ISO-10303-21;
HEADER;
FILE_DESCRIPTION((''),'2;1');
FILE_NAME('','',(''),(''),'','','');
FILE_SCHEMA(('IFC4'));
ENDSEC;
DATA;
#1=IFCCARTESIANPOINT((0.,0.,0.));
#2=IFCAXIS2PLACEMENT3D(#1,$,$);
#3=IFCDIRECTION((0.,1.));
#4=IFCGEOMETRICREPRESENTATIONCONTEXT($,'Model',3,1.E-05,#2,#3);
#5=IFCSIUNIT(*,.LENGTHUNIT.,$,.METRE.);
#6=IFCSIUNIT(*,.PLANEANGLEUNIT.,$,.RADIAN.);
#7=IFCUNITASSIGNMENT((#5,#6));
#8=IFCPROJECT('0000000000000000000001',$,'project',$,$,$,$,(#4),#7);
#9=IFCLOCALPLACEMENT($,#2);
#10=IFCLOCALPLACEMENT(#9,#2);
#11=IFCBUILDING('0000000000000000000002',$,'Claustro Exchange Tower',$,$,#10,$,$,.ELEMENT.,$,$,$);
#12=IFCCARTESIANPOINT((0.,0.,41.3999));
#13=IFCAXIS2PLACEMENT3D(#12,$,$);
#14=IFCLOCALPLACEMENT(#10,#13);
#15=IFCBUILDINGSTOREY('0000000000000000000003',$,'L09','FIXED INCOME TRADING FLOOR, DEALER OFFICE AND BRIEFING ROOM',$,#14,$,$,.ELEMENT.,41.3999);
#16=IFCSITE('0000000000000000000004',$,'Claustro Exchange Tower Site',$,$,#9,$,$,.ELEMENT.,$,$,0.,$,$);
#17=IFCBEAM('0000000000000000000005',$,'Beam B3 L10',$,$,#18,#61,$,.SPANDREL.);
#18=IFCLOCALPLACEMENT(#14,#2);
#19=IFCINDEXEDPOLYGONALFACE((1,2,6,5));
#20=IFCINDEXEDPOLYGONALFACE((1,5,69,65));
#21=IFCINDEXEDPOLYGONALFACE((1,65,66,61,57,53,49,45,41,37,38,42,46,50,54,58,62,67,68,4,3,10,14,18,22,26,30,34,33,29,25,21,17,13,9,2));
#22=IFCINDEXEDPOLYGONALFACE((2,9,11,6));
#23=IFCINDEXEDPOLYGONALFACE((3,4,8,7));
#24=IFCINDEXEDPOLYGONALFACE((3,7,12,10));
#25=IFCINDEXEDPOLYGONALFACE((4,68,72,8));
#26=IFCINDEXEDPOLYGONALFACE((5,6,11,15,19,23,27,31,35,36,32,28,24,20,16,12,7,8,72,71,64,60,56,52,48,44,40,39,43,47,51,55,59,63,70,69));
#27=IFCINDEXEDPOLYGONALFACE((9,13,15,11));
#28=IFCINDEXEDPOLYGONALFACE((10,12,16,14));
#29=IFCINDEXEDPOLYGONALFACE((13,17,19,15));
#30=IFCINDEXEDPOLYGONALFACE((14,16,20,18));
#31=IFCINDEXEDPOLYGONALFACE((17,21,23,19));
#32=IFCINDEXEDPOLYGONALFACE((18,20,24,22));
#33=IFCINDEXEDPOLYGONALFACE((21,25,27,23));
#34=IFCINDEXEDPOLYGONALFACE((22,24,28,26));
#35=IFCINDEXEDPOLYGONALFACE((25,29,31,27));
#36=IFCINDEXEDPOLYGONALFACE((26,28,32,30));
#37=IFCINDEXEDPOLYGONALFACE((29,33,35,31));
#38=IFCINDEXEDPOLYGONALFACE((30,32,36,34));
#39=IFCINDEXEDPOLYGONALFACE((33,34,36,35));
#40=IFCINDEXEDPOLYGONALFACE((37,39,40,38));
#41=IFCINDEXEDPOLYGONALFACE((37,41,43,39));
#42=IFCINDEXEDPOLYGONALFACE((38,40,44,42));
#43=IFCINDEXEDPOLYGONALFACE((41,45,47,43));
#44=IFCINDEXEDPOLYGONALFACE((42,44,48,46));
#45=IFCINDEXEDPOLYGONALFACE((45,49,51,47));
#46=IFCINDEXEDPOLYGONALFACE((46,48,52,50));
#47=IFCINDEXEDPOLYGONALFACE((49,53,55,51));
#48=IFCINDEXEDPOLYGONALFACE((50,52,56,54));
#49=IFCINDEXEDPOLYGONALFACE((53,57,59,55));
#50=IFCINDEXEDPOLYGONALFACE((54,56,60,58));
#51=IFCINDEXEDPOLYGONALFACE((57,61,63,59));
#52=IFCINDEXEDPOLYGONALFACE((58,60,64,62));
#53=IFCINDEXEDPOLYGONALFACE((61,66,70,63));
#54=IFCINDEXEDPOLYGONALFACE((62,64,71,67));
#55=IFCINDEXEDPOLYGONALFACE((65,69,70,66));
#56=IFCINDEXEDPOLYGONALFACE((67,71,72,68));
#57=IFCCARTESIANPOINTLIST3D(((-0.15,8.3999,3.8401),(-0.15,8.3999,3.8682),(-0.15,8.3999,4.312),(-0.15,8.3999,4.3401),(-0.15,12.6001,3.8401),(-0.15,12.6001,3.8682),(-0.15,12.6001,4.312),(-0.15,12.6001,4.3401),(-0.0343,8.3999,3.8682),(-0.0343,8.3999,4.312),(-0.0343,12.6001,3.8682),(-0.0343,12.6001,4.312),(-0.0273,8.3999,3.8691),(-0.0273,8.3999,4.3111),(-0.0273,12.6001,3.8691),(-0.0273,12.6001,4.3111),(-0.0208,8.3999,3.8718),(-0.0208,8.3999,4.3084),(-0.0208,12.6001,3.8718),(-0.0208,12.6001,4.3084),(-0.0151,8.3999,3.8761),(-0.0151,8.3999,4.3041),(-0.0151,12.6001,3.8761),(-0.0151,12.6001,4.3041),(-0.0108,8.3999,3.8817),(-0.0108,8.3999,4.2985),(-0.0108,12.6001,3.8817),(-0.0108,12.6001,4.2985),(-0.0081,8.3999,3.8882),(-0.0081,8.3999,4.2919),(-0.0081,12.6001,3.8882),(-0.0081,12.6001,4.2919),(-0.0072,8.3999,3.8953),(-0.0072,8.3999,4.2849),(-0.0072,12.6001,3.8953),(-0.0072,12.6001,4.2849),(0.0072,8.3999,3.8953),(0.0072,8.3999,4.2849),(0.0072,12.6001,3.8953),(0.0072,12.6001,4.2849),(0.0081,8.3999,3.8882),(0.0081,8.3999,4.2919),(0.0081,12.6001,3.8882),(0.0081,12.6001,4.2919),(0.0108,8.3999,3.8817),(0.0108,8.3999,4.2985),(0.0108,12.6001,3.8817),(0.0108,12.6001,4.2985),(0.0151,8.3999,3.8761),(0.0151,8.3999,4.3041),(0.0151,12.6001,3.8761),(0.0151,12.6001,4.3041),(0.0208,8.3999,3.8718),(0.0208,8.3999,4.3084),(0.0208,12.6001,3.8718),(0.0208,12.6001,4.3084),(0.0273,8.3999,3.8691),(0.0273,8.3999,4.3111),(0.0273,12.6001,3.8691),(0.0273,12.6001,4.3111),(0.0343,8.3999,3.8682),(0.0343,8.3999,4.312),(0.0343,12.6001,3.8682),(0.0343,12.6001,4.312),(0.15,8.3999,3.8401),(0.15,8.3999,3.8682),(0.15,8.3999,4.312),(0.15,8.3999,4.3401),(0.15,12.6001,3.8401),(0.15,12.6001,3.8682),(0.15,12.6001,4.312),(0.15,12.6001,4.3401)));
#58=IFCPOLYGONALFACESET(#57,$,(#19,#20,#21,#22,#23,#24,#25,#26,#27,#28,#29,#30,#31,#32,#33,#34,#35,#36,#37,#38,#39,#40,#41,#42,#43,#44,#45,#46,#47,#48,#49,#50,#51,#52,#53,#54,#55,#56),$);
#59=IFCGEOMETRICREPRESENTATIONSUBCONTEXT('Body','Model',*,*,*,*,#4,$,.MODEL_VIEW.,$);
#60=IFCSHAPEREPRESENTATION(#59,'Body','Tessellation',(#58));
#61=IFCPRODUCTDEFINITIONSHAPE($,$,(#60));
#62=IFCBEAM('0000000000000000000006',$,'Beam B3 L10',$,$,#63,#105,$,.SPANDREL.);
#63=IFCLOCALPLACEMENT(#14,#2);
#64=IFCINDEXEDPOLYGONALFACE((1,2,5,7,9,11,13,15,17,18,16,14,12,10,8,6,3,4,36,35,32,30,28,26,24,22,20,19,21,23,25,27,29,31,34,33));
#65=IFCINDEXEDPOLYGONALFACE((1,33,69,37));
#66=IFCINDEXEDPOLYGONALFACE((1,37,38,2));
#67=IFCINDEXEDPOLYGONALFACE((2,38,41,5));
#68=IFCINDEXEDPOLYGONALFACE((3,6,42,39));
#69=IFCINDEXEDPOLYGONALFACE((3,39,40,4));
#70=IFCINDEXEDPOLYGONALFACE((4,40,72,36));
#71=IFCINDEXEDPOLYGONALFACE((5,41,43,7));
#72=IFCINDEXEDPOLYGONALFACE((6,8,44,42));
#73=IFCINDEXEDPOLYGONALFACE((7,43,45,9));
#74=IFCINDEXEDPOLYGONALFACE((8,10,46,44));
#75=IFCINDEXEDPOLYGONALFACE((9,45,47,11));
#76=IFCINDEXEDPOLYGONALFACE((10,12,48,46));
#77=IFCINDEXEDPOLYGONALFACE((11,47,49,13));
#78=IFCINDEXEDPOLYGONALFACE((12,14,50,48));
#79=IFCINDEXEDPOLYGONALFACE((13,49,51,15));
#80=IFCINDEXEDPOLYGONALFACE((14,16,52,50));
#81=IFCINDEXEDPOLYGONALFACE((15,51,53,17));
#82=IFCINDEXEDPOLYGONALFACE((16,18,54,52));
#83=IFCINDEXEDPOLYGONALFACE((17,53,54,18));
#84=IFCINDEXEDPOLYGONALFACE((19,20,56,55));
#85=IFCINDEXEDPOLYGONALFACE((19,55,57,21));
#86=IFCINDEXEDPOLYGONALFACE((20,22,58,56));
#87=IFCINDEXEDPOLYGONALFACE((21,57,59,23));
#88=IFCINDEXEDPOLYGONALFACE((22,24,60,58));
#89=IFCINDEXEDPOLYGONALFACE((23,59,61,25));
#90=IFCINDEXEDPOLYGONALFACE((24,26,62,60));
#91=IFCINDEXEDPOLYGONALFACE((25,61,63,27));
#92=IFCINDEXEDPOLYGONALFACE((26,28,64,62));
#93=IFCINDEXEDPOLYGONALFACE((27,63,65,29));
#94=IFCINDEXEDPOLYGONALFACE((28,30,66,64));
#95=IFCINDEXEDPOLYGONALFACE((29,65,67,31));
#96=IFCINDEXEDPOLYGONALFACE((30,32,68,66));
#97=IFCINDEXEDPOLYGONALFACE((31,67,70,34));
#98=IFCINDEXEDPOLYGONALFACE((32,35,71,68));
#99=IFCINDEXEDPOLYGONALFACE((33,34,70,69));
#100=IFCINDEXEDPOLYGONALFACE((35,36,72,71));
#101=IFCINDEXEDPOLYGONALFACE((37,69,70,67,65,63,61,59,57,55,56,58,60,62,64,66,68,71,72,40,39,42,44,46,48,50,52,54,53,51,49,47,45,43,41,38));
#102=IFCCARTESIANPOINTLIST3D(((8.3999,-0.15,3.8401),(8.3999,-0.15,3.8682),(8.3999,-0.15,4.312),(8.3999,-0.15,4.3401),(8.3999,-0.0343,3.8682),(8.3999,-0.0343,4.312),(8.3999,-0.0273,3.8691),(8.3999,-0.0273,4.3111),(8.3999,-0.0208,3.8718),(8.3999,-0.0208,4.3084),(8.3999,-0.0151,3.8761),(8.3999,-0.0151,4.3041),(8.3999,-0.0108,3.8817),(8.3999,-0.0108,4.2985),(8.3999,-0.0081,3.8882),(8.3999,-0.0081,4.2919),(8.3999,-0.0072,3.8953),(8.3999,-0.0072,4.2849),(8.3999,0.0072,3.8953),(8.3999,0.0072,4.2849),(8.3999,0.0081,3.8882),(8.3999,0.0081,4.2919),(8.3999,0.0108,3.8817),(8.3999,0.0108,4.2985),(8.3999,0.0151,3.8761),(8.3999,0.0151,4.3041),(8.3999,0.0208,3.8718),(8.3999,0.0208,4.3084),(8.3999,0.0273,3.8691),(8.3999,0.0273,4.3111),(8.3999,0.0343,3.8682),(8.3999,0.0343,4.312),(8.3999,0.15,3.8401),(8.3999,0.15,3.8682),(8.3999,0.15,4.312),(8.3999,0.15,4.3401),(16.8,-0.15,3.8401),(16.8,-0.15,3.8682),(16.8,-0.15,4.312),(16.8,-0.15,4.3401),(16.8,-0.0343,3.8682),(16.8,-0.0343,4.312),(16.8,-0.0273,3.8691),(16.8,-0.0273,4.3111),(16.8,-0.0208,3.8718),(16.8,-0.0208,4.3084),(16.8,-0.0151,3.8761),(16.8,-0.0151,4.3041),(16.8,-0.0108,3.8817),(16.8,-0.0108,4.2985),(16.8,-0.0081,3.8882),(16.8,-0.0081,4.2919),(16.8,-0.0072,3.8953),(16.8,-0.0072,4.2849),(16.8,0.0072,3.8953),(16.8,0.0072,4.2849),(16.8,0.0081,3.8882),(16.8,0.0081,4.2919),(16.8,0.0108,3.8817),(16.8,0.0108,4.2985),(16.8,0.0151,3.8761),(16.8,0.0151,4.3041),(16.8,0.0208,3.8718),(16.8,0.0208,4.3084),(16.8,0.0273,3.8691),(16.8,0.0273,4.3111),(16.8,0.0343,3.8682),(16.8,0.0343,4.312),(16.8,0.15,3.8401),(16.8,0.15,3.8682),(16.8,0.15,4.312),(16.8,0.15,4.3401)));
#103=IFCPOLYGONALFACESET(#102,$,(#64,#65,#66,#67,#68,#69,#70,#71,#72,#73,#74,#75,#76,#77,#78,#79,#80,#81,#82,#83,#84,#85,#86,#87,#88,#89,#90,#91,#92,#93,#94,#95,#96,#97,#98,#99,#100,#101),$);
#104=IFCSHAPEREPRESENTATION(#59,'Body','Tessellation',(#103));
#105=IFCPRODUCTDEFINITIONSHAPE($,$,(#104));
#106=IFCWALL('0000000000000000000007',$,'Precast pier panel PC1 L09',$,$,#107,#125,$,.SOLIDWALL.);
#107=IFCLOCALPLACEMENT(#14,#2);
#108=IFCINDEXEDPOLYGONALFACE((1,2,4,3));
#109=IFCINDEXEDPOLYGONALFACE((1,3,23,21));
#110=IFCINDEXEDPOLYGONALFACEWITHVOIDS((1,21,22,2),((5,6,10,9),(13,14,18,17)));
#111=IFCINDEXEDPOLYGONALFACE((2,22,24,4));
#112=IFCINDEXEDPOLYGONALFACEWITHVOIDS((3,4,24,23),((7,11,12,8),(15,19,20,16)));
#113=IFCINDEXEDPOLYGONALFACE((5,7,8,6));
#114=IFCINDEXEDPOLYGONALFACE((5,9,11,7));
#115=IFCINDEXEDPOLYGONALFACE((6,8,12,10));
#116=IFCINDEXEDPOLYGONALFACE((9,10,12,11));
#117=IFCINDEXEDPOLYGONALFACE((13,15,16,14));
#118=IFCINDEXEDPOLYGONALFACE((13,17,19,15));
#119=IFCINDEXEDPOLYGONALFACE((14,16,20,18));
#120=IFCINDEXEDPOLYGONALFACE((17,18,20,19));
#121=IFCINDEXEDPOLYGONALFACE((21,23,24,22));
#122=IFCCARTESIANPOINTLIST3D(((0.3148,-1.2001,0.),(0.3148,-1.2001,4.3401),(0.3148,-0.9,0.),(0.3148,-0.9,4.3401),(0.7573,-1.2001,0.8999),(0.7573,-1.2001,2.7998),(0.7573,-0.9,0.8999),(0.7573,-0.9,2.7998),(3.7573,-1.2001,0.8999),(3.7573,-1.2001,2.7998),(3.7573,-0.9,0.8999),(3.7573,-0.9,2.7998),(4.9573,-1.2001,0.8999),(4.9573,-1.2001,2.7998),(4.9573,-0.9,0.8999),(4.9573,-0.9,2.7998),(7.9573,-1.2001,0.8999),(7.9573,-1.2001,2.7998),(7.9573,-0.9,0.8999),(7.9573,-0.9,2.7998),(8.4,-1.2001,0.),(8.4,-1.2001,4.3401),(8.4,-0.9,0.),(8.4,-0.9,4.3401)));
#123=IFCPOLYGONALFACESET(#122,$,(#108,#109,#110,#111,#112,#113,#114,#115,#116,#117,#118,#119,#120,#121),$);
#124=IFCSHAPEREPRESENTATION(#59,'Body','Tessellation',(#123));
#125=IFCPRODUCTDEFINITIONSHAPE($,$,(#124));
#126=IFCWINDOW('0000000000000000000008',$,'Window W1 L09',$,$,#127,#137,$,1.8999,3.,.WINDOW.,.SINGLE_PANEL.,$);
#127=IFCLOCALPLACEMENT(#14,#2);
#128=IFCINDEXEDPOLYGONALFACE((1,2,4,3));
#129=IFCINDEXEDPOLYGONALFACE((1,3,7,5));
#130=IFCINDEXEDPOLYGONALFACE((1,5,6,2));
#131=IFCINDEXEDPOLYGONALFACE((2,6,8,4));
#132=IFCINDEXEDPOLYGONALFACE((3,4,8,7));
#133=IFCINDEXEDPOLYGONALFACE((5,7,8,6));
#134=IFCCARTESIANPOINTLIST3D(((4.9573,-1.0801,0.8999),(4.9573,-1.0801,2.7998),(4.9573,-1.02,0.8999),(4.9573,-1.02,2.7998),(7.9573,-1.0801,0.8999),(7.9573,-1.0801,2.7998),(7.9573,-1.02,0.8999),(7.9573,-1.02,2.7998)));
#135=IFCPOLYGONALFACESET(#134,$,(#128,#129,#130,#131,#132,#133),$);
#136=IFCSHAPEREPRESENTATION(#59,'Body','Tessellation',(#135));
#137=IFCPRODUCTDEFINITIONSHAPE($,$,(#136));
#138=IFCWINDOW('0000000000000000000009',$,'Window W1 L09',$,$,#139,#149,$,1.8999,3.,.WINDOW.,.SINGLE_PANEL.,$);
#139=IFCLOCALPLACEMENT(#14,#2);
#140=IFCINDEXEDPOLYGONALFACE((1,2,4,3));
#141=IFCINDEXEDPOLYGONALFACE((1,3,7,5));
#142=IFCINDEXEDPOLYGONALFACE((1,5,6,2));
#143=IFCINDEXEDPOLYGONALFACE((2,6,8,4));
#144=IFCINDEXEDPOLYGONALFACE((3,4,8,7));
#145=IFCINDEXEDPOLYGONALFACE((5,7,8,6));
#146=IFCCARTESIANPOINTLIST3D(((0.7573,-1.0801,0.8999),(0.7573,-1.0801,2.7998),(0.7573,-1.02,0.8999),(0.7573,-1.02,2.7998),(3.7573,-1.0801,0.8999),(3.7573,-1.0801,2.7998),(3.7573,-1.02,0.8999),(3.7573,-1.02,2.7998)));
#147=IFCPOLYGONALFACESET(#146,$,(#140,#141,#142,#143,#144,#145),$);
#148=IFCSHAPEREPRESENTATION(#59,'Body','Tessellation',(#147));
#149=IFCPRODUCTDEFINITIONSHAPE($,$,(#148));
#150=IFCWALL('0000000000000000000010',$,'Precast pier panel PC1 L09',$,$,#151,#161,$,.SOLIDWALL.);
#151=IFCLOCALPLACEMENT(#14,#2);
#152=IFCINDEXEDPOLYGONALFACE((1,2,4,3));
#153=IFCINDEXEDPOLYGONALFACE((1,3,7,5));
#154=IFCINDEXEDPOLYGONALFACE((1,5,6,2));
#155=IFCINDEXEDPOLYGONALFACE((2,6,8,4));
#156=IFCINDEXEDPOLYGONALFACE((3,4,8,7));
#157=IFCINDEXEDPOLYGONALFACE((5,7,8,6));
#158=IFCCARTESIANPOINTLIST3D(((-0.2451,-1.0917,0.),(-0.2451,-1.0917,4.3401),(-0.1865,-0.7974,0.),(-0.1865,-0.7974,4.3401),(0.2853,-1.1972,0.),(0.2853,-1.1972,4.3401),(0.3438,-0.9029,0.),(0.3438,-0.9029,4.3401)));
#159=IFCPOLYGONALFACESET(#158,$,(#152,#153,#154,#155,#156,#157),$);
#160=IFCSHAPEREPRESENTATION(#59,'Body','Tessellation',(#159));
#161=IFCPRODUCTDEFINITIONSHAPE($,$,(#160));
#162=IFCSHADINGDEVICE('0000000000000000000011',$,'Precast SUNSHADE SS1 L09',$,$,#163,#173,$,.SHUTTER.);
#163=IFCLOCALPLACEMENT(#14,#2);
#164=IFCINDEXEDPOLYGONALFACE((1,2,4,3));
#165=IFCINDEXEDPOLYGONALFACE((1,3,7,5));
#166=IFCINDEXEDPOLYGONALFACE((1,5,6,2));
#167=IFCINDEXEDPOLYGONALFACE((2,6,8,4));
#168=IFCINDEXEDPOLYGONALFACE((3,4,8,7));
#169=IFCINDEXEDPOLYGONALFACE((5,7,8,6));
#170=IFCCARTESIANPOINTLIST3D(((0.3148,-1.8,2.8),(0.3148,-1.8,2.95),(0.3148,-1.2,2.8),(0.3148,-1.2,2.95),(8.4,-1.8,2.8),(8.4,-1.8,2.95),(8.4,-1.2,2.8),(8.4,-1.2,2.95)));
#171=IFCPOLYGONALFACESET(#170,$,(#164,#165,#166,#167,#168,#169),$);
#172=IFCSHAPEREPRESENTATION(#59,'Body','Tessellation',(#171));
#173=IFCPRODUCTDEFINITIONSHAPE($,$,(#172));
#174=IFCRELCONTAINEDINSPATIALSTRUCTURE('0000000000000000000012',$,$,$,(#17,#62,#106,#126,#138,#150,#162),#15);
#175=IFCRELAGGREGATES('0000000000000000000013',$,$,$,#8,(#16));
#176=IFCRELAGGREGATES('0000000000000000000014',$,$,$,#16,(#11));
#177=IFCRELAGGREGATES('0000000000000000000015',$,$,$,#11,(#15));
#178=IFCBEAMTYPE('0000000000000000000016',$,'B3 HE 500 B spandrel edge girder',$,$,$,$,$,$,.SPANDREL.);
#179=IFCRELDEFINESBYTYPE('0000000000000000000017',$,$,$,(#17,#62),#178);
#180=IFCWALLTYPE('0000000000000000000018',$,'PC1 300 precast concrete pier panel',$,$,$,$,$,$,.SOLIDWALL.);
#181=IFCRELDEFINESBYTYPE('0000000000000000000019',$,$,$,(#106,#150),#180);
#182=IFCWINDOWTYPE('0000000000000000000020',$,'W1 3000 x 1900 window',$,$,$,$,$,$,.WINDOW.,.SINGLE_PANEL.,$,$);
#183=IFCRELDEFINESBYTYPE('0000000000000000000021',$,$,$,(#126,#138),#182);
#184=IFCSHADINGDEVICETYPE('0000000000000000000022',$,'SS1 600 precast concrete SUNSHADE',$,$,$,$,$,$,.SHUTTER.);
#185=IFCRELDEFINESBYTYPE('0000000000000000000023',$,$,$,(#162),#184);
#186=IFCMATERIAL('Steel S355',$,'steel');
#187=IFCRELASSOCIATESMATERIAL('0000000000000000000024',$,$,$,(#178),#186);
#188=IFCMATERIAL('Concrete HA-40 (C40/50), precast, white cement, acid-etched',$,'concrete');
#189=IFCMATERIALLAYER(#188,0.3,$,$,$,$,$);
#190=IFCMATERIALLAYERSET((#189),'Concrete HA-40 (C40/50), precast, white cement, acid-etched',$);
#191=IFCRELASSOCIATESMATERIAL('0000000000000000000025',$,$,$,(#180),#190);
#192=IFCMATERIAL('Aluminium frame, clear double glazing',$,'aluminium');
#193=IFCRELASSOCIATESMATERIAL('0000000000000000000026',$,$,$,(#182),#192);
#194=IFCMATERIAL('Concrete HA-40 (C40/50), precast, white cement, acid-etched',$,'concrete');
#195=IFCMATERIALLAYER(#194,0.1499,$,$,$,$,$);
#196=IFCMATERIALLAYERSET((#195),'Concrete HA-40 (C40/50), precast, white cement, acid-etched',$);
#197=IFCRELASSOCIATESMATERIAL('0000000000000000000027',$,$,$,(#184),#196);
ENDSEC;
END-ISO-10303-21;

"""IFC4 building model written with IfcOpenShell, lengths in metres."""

from ifc_helpers import new_model, si_unit, direction, frame, frame_2d, origin, origin_2d, place, context, subcontext, project, spatial, rectangle, i_section, extrude, material, layer, layer_set, material_profile, profile_set, type_object, element, fill, save


model = new_model("IFC4")

# Units and contexts
model_context = context("Model", 3, precision=1e-05, world=origin(), true_north=direction((0.0, 1.0)))
body_context = subcontext(model_context, "Body", "Model", "MODEL_VIEW")
ifc_project = project(units=[si_unit("LENGTHUNIT", "METRE"), si_unit("PLANEANGLEUNIT", "RADIAN")], contexts=[model_context])

# Site, building, storey
site_placement = place(None, origin())
site = spatial("IfcSite", under=ifc_project, at=site_placement, Name="Claustro Exchange Tower Site", CompositionType="ELEMENT", RefElevation=0.0)
building_placement = place(site_placement, origin())
building = spatial("IfcBuilding", under=site, at=building_placement, Name="Claustro Exchange Tower", CompositionType="ELEMENT")
storey_placement = place(building_placement, frame((0.0, 0.0, 41.3999)))
storey = spatial("IfcBuildingStorey", under=building, at=storey_placement, Name="L09", Description="FIXED INCOME TRADING FLOOR, DEALER OFFICE AND BRIEFING ROOM", CompositionType="ELEMENT", Elevation=41.3999)

# Beams
ifc_material_1 = material(Name="Steel S355", Category="steel")
ifc_material_profile_1 = material_profile(ifc_material_1, i_section(OverallWidth=0.3, OverallDepth=0.5, WebThickness=0.0144, FlangeThickness=0.0281, FilletRadius=0.0271, at=origin_2d()), Name="HE 500 B")
ifc_profile_set_1 = profile_set([ifc_material_profile_1], Name="Steel S355")
beam_type_1 = type_object("IfcBeamType", Name="B3 HE 500 B spandrel edge girder", PredefinedType="SPANDREL", material=ifc_profile_set_1)
beam_1_placement = place(storey_placement, frame((0.0, 8.3999, 4.0901), z_axis=(0.0, 1.0, 0.0), x_axis=(-1.0, 0.0, 0.0)))
element("IfcBeam", 1, at=beam_1_placement, inside=storey, type_object=beam_type_1, Name="Beam B3 L10", PredefinedType="SPANDREL", context=body_context, shape_type="SweptSolid", body=[
    extrude(i_section(OverallWidth=0.3, OverallDepth=0.5, WebThickness=0.0144, FlangeThickness=0.0281, FilletRadius=0.0271, at=origin_2d()), origin(), (0.0, 0.0, 1.0), 4.2002),
])
beam_2_placement = place(storey_placement, frame((8.3999, 0.0, 4.0901), z_axis=(1.0, 0.0, 0.0), x_axis=(0.0, 1.0, 0.0)))
element("IfcBeam", 2, at=beam_2_placement, inside=storey, type_object=beam_type_1, Name="Beam B3 L10", PredefinedType="SPANDREL", context=body_context, shape_type="SweptSolid", body=[
    extrude(i_section(OverallWidth=0.3, OverallDepth=0.5, WebThickness=0.0144, FlangeThickness=0.0281, FilletRadius=0.0271, at=origin_2d()), origin(), (0.0, 0.0, 1.0), 8.4001),
])

# Wall, openings, windows
ifc_material_2 = material(Name="Concrete HA-40 (C40/50), precast, white cement, acid-etched", Category="concrete")
ifc_layer_1 = layer(ifc_material_2, 0.3)
ifc_layer_set_1 = layer_set([ifc_layer_1], Name="Concrete HA-40 (C40/50), precast, white cement, acid-etched")
wall_type = type_object("IfcWallType", Name="PC1 300 precast concrete pier panel", PredefinedType="SOLIDWALL", material=ifc_layer_set_1)
wall_1_placement = place(storey_placement, frame((8.3999, -1.05, 0.0), z_axis=(0.0, 0.0, 1.0), x_axis=(-1.0, 0.0, 0.0)))
wall_1 = element("IfcWall", 3, at=wall_1_placement, inside=storey, type_object=wall_type, Name="Precast pier panel PC1 L09", PredefinedType="SOLIDWALL", context=body_context, shape_type="SweptSolid", body=[
    extrude(rectangle(XDim=8.0852, YDim=0.3, at=frame_2d((4.0425, 0.0))), origin(), (0.0, 0.0, 1.0), 4.3401),
])
opening_1_placement = place(wall_1_placement, frame((0.4426, 0.0, 0.8999)))
opening_1 = element("IfcOpeningElement", 4, at=opening_1_placement, cuts=wall_1, PredefinedType="OPENING", context=body_context, shape_type="SweptSolid", body=[
    extrude(rectangle(XDim=3.0, YDim=1.8999, at=frame_2d((1.5, 0.95))), frame((0.0, 0.1599, 0.0), z_axis=(0.0, -1.0, 0.0), x_axis=(1.0, 0.0, 0.0)), (0.0, 0.0, 1.0), 0.3201),
])
opening_2_placement = place(wall_1_placement, frame((4.6426, 0.0, 0.8999)))
opening_2 = element("IfcOpeningElement", 5, at=opening_2_placement, cuts=wall_1, PredefinedType="OPENING", context=body_context, shape_type="SweptSolid", body=[
    extrude(rectangle(XDim=3.0, YDim=1.8999, at=frame_2d((1.5, 0.95))), frame((0.0, 0.1599, 0.0), z_axis=(0.0, -1.0, 0.0), x_axis=(1.0, 0.0, 0.0)), (0.0, 0.0, 1.0), 0.3201),
])
ifc_material_3 = material(Name="Aluminium frame, clear double glazing", Category="aluminium")
window_type = type_object("IfcWindowType", Name="W1 3000 x 1900 window", PartitioningType="SINGLE_PANEL", PredefinedType="WINDOW", material=ifc_material_3)
window_1_placement = place(opening_1_placement, origin())
window_1 = element("IfcWindow", 6, at=window_1_placement, inside=storey, type_object=window_type, Name="Window W1 L09", OverallHeight=1.8999, OverallWidth=3.0, PartitioningType="SINGLE_PANEL", PredefinedType="WINDOW", context=body_context, shape_type="SweptSolid", body=[
    extrude(rectangle(XDim=3.0, YDim=1.8999, at=frame_2d((1.5, 0.95))), frame((0.0, 0.03, 0.0), z_axis=(0.0, -1.0, 0.0), x_axis=(1.0, 0.0, 0.0)), (0.0, 0.0, 1.0), 0.0601),
])
fill(opening_1, window_1)
window_2_placement = place(opening_2_placement, origin())
window_2 = element("IfcWindow", 7, at=window_2_placement, inside=storey, type_object=window_type, Name="Window W1 L09", OverallHeight=1.8999, OverallWidth=3.0, PartitioningType="SINGLE_PANEL", PredefinedType="WINDOW", context=body_context, shape_type="SweptSolid", body=[
    extrude(rectangle(XDim=3.0, YDim=1.8999, at=frame_2d((1.5, 0.95))), frame((0.0, 0.03, 0.0), z_axis=(0.0, -1.0, 0.0), x_axis=(1.0, 0.0, 0.0)), (0.0, 0.0, 1.0), 0.0601),
])
fill(opening_2, window_2)

# Wall
wall_2_placement = place(storey_placement, frame((0.3147, -1.05, 0.0), z_axis=(0.0, 0.0, 1.0), x_axis=(-0.980789, 0.195074, 0.0)))
element("IfcWall", 8, at=wall_2_placement, inside=storey, type_object=wall_type, Name="Precast pier panel PC1 L09", PredefinedType="SOLIDWALL", context=body_context, shape_type="SweptSolid", body=[
    extrude(rectangle(XDim=0.5408, YDim=0.3, at=frame_2d((0.2705, 0.0))), origin(), (0.0, 0.0, 1.0), 4.3401),
])

# Shading device
ifc_material_4 = material(Name="Concrete HA-40 (C40/50), precast, white cement, acid-etched", Category="concrete")
ifc_layer_2 = layer(ifc_material_4, 0.1499)
ifc_layer_set_2 = layer_set([ifc_layer_2], Name="Concrete HA-40 (C40/50), precast, white cement, acid-etched")
shading_device_type = type_object("IfcShadingDeviceType", Name="SS1 600 precast concrete SUNSHADE", PredefinedType="SHUTTER", material=ifc_layer_set_2)
shading_device_placement = place(storey_placement, frame((4.3574, -1.5, 2.8), z_axis=(0.0, 0.0, 1.0), x_axis=(-1.0, 0.0, 0.0)))
element("IfcShadingDevice", 9, at=shading_device_placement, inside=storey, type_object=shading_device_type, Name="Precast SUNSHADE SS1 L09", PredefinedType="SHUTTER", context=body_context, shape_type="SweptSolid", body=[
    extrude(rectangle(XDim=8.0852, YDim=0.6001, at=origin_2d()), origin(), (0.0, 0.0, 1.0), 0.1499),
])

save(model, "model.ifc")
